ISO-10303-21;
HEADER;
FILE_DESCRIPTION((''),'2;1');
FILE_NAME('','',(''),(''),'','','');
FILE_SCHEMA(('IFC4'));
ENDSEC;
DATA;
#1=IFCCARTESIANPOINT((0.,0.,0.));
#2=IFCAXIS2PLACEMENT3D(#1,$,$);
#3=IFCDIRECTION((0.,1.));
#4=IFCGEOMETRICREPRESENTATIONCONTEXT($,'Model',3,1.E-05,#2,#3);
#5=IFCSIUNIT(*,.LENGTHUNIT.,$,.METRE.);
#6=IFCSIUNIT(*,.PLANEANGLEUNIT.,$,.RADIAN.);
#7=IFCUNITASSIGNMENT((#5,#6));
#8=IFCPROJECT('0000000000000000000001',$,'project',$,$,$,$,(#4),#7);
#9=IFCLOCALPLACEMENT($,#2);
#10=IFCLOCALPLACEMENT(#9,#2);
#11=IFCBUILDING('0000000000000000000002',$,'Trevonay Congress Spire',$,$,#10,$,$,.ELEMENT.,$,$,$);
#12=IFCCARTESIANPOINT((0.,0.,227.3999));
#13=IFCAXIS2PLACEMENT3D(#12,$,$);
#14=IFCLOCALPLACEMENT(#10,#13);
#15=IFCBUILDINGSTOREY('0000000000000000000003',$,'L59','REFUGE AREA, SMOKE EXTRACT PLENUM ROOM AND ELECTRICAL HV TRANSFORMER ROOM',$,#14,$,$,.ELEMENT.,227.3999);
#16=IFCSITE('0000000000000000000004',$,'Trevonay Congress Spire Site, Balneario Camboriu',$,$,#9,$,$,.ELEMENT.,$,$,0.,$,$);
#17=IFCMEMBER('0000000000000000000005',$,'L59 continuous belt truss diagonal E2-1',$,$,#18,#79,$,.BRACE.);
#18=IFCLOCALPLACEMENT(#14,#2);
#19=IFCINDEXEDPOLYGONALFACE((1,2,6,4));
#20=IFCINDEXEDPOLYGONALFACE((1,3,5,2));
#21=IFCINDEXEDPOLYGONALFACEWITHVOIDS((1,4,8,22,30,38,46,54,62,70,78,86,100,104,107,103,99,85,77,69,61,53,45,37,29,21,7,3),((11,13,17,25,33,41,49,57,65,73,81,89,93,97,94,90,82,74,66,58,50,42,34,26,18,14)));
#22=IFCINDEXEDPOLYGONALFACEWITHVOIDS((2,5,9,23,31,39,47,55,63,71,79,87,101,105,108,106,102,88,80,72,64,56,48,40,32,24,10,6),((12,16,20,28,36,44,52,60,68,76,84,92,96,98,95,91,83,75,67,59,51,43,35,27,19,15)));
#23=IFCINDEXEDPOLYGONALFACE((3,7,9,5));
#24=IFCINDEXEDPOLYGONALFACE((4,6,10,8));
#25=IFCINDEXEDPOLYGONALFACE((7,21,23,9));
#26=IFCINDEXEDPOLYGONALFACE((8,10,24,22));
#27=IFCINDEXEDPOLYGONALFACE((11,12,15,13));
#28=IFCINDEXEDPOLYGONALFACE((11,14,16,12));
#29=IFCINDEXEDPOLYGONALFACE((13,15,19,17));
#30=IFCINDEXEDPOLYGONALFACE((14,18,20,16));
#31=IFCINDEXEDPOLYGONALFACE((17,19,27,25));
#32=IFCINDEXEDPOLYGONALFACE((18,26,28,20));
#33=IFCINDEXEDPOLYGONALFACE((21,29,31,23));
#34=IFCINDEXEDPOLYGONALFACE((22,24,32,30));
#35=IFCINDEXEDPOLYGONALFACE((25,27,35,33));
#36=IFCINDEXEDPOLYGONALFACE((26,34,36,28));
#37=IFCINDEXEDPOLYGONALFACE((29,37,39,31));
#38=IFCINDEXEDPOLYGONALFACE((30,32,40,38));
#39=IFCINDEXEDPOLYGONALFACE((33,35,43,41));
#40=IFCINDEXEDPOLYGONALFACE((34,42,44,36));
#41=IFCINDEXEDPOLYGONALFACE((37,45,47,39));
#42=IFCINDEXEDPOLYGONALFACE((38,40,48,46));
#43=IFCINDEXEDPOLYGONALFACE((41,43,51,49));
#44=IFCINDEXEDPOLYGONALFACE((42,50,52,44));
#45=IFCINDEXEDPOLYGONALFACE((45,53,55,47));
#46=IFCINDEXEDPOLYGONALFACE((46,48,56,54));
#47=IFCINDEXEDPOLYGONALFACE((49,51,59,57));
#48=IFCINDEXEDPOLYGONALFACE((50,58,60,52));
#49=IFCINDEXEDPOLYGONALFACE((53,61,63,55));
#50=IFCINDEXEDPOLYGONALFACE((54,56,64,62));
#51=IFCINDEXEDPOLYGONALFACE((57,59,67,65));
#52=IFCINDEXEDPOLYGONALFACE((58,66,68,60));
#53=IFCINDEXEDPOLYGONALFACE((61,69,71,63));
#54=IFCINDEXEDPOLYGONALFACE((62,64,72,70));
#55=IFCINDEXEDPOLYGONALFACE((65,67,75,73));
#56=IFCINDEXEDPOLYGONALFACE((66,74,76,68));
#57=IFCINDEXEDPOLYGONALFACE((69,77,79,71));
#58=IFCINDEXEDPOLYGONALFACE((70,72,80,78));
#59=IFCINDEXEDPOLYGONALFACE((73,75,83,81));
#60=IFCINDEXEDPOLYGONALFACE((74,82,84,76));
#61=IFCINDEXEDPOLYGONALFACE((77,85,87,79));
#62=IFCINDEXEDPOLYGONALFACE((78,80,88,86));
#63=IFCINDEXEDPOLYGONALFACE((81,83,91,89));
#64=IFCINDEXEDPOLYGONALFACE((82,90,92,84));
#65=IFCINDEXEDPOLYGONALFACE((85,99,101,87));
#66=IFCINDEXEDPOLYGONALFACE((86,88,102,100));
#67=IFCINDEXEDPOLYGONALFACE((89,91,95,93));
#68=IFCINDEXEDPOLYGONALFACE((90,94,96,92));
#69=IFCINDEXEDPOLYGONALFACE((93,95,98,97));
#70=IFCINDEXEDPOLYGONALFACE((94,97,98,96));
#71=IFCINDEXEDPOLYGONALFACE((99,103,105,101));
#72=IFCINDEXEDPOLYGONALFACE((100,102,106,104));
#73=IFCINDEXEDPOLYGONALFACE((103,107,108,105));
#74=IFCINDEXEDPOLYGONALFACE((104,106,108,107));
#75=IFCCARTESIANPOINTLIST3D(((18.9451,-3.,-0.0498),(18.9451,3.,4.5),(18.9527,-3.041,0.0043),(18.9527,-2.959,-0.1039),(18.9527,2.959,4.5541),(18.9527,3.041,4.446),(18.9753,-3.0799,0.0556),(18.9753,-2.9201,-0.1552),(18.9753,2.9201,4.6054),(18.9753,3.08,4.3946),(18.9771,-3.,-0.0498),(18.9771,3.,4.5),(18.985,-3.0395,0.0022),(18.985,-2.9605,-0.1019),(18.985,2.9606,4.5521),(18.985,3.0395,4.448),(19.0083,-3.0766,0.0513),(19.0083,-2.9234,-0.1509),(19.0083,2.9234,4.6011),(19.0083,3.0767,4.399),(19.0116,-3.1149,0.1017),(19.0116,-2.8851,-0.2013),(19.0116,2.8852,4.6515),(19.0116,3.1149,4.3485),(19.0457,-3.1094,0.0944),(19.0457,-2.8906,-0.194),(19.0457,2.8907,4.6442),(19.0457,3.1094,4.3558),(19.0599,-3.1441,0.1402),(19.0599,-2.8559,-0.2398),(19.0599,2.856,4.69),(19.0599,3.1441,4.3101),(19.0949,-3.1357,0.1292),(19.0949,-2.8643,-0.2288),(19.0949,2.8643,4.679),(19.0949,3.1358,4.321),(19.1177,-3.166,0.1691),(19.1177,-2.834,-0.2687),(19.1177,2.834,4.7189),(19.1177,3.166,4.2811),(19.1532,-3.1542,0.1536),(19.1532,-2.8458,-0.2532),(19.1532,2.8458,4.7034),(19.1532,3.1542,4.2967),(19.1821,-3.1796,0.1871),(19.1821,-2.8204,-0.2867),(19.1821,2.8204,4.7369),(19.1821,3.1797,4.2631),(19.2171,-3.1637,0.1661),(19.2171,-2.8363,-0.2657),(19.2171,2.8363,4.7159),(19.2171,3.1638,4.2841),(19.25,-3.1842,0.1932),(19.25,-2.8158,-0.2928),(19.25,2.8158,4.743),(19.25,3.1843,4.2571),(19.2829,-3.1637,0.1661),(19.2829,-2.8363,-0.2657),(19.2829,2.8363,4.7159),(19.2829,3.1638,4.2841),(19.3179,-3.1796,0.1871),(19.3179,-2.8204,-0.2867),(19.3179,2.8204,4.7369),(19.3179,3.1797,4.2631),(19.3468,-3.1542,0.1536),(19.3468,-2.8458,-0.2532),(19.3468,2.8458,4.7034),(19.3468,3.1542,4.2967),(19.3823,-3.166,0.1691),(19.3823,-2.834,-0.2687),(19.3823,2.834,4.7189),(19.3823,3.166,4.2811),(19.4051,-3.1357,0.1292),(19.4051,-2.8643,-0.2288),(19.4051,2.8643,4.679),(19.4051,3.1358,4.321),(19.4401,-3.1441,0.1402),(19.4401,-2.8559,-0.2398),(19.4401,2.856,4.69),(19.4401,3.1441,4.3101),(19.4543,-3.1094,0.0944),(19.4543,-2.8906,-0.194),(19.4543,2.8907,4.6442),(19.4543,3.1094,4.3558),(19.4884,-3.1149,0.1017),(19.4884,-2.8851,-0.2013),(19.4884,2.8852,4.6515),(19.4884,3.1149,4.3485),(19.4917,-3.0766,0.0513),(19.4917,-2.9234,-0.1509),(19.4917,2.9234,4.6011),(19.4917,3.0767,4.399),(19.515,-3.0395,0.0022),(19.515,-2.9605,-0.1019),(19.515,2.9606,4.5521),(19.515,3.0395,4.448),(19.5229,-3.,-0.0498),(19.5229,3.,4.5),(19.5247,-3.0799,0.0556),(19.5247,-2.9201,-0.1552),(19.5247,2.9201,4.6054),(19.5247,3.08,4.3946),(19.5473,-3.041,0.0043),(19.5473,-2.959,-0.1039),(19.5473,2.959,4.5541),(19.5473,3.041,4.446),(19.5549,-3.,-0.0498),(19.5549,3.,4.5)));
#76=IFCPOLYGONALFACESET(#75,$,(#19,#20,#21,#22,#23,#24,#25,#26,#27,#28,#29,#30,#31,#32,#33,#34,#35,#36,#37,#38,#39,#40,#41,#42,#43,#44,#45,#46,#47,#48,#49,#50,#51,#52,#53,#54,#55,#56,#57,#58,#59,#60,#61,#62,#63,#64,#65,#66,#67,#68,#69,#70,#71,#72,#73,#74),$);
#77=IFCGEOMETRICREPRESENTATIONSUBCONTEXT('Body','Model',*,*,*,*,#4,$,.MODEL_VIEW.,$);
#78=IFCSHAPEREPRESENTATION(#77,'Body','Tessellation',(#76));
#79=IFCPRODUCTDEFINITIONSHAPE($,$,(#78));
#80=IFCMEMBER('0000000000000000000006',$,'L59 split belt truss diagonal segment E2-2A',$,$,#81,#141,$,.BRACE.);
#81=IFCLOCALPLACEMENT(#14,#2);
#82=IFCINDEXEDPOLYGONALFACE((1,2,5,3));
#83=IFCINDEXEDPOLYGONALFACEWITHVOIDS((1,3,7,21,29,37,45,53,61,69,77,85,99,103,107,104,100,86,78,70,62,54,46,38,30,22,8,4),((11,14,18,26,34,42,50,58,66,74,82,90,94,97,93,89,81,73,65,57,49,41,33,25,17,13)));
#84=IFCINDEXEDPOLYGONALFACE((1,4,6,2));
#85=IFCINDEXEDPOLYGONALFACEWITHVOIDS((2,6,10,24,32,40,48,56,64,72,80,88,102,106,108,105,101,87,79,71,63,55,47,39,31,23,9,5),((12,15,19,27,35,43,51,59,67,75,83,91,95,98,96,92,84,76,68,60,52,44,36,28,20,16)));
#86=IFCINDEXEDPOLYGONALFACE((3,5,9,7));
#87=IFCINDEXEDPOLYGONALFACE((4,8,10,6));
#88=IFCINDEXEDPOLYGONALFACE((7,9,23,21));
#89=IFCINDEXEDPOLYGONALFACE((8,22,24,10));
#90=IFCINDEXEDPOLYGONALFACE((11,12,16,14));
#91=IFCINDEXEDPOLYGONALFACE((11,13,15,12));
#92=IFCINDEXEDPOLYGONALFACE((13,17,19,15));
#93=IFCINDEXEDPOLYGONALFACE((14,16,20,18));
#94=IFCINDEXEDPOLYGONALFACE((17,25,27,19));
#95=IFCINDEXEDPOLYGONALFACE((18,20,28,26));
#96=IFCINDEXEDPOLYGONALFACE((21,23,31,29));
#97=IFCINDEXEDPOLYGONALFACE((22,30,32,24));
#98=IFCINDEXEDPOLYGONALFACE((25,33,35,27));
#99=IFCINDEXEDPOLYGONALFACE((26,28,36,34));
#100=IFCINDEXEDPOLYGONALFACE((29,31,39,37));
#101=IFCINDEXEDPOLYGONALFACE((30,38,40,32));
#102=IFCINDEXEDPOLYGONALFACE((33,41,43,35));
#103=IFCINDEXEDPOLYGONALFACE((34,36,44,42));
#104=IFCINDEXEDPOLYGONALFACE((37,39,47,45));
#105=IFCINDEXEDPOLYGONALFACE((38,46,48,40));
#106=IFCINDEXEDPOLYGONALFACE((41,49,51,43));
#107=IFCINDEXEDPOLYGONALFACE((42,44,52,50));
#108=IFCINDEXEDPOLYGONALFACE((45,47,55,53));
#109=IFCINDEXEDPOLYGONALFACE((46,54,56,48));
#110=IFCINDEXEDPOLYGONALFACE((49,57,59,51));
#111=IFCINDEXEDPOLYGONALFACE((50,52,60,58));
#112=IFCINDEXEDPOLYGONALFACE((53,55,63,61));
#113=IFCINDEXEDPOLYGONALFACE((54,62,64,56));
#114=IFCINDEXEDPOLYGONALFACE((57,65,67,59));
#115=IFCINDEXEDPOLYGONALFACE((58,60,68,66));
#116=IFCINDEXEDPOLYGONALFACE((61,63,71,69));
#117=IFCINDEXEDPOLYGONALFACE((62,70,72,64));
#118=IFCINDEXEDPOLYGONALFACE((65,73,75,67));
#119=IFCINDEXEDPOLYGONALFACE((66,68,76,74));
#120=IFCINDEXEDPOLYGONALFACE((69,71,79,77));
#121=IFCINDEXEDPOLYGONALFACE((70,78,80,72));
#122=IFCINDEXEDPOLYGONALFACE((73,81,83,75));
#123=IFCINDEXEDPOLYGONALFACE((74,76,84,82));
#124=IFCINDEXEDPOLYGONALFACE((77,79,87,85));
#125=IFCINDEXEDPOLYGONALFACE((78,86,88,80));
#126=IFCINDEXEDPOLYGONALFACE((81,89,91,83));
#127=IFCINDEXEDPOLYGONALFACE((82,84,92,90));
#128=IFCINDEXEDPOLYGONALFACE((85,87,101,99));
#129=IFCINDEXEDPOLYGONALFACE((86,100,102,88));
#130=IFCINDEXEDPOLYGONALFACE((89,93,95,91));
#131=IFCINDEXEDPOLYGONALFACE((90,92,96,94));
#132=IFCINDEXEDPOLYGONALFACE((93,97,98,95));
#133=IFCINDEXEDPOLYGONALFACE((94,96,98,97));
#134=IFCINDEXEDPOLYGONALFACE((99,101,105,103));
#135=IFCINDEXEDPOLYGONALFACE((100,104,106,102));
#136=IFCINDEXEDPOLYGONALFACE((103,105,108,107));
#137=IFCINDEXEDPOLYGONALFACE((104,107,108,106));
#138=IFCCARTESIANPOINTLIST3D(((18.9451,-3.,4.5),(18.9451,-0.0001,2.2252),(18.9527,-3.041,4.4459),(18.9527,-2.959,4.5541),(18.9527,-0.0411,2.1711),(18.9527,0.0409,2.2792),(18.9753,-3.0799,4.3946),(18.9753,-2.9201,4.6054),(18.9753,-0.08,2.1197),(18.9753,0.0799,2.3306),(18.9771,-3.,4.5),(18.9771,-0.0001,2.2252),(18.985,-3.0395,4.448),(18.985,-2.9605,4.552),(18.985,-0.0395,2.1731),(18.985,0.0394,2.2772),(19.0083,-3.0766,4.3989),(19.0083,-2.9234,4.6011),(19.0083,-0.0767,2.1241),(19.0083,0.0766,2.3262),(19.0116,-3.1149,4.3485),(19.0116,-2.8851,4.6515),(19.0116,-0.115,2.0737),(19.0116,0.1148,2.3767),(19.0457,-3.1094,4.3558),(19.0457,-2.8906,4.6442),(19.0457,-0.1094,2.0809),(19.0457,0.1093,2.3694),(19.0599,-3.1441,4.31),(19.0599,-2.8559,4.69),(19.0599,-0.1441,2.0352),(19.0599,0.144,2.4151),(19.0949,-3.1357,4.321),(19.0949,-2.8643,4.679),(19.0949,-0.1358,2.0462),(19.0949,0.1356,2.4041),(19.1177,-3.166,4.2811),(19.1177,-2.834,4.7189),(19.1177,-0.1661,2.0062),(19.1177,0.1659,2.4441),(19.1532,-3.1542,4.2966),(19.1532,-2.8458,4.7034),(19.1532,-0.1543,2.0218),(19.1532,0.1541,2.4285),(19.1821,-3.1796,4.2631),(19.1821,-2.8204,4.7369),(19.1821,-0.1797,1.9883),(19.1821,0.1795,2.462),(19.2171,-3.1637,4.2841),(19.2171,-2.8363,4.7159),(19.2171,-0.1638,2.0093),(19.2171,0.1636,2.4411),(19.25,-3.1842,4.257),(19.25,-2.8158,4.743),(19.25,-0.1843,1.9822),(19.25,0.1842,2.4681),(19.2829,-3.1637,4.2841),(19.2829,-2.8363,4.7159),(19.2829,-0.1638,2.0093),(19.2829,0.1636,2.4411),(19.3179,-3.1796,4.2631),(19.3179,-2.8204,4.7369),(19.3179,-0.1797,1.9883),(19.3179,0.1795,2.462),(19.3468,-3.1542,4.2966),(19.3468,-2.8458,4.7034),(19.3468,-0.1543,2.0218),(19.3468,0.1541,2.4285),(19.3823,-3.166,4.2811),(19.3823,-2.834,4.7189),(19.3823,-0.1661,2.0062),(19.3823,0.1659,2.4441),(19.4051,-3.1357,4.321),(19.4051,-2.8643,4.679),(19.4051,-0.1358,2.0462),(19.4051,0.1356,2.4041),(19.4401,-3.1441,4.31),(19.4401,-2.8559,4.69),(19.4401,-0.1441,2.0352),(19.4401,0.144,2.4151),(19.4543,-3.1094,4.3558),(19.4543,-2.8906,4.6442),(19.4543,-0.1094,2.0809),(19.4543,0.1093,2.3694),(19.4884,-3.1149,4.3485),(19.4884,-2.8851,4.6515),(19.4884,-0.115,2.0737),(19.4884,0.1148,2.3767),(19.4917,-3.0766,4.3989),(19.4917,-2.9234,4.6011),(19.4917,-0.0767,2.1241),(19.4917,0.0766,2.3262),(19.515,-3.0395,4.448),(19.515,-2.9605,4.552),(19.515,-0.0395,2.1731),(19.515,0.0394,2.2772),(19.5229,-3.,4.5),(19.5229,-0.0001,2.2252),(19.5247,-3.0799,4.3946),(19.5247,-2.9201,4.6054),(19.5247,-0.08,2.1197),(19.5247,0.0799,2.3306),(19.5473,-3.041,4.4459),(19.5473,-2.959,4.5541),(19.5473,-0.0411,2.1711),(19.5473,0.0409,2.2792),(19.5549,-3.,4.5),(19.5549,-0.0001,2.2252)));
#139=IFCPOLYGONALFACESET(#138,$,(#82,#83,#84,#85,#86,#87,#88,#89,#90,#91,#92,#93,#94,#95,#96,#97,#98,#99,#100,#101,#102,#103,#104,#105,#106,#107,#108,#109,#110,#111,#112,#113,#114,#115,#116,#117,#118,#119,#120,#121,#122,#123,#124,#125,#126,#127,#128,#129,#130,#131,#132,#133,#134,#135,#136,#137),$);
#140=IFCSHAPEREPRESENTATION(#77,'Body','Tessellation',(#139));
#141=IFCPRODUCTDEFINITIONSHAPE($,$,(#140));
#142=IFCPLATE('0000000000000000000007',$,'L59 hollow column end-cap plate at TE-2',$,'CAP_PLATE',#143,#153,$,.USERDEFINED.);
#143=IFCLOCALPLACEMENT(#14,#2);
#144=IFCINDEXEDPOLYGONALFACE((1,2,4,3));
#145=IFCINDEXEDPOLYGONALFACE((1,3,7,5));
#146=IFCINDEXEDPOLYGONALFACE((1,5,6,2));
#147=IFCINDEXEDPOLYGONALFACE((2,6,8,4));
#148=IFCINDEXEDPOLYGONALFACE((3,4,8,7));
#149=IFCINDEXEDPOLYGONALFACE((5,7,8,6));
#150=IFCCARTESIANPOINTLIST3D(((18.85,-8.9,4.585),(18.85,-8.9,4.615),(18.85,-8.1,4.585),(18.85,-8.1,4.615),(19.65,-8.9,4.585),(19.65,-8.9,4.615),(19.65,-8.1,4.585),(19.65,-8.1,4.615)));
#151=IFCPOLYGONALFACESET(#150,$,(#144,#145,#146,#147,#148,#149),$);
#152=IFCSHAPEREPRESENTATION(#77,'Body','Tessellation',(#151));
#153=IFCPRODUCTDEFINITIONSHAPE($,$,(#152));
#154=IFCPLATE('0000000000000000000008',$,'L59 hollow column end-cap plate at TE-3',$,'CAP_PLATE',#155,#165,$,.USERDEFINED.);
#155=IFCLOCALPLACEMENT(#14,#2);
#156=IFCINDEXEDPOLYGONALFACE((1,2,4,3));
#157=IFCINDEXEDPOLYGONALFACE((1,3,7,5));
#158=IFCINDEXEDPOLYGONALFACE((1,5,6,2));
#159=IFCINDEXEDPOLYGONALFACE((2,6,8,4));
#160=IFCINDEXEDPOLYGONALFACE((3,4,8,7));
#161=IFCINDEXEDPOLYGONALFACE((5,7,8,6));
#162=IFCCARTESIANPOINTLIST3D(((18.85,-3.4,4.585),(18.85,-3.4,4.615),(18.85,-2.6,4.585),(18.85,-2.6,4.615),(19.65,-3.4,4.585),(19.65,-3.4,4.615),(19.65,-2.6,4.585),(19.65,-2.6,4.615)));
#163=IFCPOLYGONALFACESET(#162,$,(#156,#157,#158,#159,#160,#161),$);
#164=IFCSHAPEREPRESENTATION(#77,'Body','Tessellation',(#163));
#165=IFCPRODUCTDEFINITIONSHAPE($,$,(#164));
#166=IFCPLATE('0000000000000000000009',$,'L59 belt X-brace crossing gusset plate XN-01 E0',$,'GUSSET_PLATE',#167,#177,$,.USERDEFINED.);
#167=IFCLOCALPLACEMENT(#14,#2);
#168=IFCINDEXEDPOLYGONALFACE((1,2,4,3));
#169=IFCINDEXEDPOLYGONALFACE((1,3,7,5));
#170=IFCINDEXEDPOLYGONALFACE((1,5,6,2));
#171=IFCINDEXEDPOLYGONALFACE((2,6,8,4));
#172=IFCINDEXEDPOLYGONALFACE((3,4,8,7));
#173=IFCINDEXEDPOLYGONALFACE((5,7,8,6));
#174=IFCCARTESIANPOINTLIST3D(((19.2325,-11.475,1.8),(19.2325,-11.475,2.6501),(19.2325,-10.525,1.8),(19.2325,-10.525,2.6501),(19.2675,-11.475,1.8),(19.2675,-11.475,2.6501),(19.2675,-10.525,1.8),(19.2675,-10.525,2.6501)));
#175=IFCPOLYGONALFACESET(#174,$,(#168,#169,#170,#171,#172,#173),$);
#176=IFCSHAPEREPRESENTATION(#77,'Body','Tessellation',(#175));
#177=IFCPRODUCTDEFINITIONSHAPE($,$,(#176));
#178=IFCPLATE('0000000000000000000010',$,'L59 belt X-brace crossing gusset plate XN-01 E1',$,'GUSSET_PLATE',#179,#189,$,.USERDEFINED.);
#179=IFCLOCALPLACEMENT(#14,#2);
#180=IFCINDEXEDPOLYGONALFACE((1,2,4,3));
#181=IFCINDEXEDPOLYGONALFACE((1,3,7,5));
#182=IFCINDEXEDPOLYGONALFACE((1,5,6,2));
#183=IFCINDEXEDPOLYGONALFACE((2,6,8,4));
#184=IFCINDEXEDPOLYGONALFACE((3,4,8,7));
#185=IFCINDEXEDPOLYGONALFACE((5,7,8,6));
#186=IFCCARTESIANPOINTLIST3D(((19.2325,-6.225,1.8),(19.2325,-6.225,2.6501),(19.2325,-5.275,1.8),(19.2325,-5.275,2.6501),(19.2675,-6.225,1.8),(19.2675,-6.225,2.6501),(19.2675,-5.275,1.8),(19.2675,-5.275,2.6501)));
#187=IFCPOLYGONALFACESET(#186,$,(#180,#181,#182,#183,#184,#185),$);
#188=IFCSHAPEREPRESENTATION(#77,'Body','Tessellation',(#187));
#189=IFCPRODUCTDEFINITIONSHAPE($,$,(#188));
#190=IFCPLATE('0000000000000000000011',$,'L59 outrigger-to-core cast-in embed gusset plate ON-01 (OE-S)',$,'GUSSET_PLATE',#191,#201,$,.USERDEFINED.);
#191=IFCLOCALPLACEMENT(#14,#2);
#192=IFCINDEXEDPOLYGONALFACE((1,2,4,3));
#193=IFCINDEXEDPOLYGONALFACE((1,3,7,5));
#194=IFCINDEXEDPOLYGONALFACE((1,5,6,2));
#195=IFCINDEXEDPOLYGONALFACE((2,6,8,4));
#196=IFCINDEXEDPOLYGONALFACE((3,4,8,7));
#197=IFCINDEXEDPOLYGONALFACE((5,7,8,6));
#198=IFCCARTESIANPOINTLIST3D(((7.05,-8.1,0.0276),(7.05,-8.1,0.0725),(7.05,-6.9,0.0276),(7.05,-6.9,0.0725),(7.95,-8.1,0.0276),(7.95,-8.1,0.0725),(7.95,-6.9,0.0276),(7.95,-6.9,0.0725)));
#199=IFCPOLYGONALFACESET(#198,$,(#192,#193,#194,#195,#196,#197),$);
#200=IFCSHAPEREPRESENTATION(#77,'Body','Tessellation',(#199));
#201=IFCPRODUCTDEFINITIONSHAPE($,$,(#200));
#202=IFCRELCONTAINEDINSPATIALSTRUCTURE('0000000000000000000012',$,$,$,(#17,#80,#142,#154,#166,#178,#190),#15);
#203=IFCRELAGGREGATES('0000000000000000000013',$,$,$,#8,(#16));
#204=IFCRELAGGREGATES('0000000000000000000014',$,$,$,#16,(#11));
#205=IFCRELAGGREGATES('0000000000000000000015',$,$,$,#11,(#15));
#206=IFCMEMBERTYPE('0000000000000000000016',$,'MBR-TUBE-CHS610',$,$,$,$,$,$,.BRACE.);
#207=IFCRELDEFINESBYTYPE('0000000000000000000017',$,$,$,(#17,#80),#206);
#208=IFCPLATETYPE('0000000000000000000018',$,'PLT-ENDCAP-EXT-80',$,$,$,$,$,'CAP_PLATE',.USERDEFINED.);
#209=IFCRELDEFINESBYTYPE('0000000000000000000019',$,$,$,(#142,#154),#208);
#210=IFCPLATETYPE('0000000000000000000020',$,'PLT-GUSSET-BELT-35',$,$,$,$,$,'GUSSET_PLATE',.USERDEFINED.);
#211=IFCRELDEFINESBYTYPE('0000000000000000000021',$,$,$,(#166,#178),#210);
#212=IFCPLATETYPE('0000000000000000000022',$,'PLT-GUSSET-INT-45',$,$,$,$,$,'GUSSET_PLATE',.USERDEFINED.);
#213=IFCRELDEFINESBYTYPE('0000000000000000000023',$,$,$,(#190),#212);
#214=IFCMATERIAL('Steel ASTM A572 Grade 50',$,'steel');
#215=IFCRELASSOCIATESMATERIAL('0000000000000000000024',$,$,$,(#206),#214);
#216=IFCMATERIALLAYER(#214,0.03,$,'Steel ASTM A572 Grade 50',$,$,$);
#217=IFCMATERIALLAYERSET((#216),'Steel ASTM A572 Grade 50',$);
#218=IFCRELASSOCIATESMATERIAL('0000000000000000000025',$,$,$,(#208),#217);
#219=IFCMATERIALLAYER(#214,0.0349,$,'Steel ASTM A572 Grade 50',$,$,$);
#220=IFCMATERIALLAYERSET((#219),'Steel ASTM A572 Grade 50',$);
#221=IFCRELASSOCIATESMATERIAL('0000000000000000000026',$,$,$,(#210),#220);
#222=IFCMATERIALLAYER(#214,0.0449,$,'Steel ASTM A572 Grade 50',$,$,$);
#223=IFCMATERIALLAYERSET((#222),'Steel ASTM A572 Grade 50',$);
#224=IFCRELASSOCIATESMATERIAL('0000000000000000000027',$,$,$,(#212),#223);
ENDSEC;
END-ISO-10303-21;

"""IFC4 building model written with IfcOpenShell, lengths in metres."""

from ifc_helpers import new_model, si_unit, direction, frame, origin, origin_2d, place, context, subcontext, project, spatial, rectangle, hollow_circle, extrude, material, layer, layer_set, material_profile, profile_set, type_object, element, save


model = new_model("IFC4")

# Units and contexts
model_context = context("Model", 3, precision=1e-05, world=origin(), true_north=direction((0.0, 1.0)))
body_context = subcontext(model_context, "Body", "Model", "MODEL_VIEW")
ifc_project = project(units=[si_unit("LENGTHUNIT", "METRE"), si_unit("PLANEANGLEUNIT", "RADIAN")], contexts=[model_context])

# Site, building, storey
site_placement = place(None, origin())
site = spatial("IfcSite", under=ifc_project, at=site_placement, Name="Trevonay Congress Spire Site, Balneario Camboriu", CompositionType="ELEMENT", RefElevation=0.0)
building_placement = place(site_placement, origin())
building = spatial("IfcBuilding", under=site, at=building_placement, Name="Trevonay Congress Spire", CompositionType="ELEMENT")
storey_placement = place(building_placement, frame((0.0, 0.0, 227.3999)))
storey = spatial("IfcBuildingStorey", under=building, at=storey_placement, Name="L59", Description="REFUGE AREA, SMOKE EXTRACT PLENUM ROOM AND ELECTRICAL HV TRANSFORMER ROOM", CompositionType="ELEMENT", Elevation=227.3999)

# Shared definitions
ifc_material_1 = material(Name="Steel ASTM A572 Grade 50", Category="steel")

# Members
ifc_material_profile_1 = material_profile(ifc_material_1, hollow_circle(Radius=0.3049, WallThickness=0.032, at=origin_2d()), Name="CHS 610x32")
ifc_profile_set_1 = profile_set([ifc_material_profile_1], Name="Steel ASTM A572 Grade 50")
member_type_1 = type_object("IfcMemberType", Name="MBR-TUBE-CHS610", PredefinedType="BRACE", material=ifc_profile_set_1)
member_1_placement = place(storey_placement, frame((19.25, -3.0, -0.0498), z_axis=(0.0, 0.796814, 0.604225), x_axis=(-1.0, 0.0, 0.0)))
element("IfcMember", 1, at=member_1_placement, inside=storey, type_object=member_type_1, Name="L59 continuous belt truss diagonal E2-1", PredefinedType="BRACE", context=body_context, shape_type="SweptSolid", body=[
    extrude(hollow_circle(Radius=0.3049, WallThickness=0.032, at=origin_2d()), origin(), (0.0, 0.0, 1.0), 7.53),
])
member_2_placement = place(storey_placement, frame((19.25, -3.0, 4.5), z_axis=(0.0, 0.796814, -0.604225), x_axis=(-1.0, 0.0, 0.0)))
element("IfcMember", 2, at=member_2_placement, inside=storey, type_object=member_type_1, Name="L59 split belt truss diagonal segment E2-2A", PredefinedType="BRACE", context=body_context, shape_type="SweptSolid", body=[
    extrude(hollow_circle(Radius=0.3049, WallThickness=0.032, at=origin_2d()), origin(), (0.0, 0.0, 1.0), 3.7649),
])

# Plates
ifc_layer_1 = layer(ifc_material_1, 0.03, Name="Steel ASTM A572 Grade 50")
ifc_layer_set_1 = layer_set([ifc_layer_1], Name="Steel ASTM A572 Grade 50")
plate_type_1 = type_object("IfcPlateType", Name="PLT-ENDCAP-EXT-80", ElementType="CAP_PLATE", PredefinedType="USERDEFINED", material=ifc_layer_set_1)
for number, where, z_axis, x_axis, name in (
    (3, (19.25, -8.5, 4.585), (0.0, 0.0, 1.0), (1.0, 0.0, 0.0), "L59 hollow column end-cap plate at TE-2"),
    (4, (19.25, -3.0, 4.585), (0.0, 0.0, 1.0), (1.0, 0.0, 0.0), "L59 hollow column end-cap plate at TE-3"),
):
    element("IfcPlate", number, at=place(storey_placement, frame(where, z_axis=z_axis, x_axis=x_axis)), inside=storey, type_object=plate_type_1, Name=name, ObjectType="CAP_PLATE", PredefinedType="USERDEFINED", context=body_context, shape_type="SweptSolid", body=[
        extrude(rectangle(XDim=0.8, YDim=0.8, at=origin_2d()), origin(), (0.0, 0.0, 1.0), 0.03),
    ])
ifc_layer_2 = layer(ifc_material_1, 0.0349, Name="Steel ASTM A572 Grade 50")
ifc_layer_set_2 = layer_set([ifc_layer_2], Name="Steel ASTM A572 Grade 50")
plate_type_2 = type_object("IfcPlateType", Name="PLT-GUSSET-BELT-35", ElementType="GUSSET_PLATE", PredefinedType="USERDEFINED", material=ifc_layer_set_2)
for number, where, z_axis, x_axis, name in (
    (5, (19.25, -11.0, 1.8), (0.0, 0.0, 1.0), (1.0, 0.0, 0.0), "L59 belt X-brace crossing gusset plate XN-01 E0"),
    (6, (19.25, -5.75, 1.8), (0.0, 0.0, 1.0), (1.0, 0.0, 0.0), "L59 belt X-brace crossing gusset plate XN-01 E1"),
):
    element("IfcPlate", number, at=place(storey_placement, frame(where, z_axis=z_axis, x_axis=x_axis)), inside=storey, type_object=plate_type_2, Name=name, ObjectType="GUSSET_PLATE", PredefinedType="USERDEFINED", context=body_context, shape_type="SweptSolid", body=[
        extrude(rectangle(XDim=0.0349, YDim=0.95, at=origin_2d()), origin(), (0.0, 0.0, 1.0), 0.8501),
    ])
ifc_layer_3 = layer(ifc_material_1, 0.0449, Name="Steel ASTM A572 Grade 50")
ifc_layer_set_3 = layer_set([ifc_layer_3], Name="Steel ASTM A572 Grade 50")
plate_type_3 = type_object("IfcPlateType", Name="PLT-GUSSET-INT-45", ElementType="GUSSET_PLATE", PredefinedType="USERDEFINED", material=ifc_layer_set_3)
for number, where, z_axis, x_axis, name in (
    (7, (7.5, -7.5, 0.0276), (0.0, 0.0, 1.0), (0.0, 1.0, 0.0), "L59 outrigger-to-core cast-in embed gusset plate ON-01 (OE-S)"),
):
    element("IfcPlate", number, at=place(storey_placement, frame(where, z_axis=z_axis, x_axis=x_axis)), inside=storey, type_object=plate_type_3, Name=name, ObjectType="GUSSET_PLATE", PredefinedType="USERDEFINED", context=body_context, shape_type="SweptSolid", body=[
        extrude(rectangle(XDim=1.2, YDim=0.8999, at=origin_2d()), origin(), (0.0, 0.0, 1.0), 0.0449),
    ])

save(model, "model.ifc")
